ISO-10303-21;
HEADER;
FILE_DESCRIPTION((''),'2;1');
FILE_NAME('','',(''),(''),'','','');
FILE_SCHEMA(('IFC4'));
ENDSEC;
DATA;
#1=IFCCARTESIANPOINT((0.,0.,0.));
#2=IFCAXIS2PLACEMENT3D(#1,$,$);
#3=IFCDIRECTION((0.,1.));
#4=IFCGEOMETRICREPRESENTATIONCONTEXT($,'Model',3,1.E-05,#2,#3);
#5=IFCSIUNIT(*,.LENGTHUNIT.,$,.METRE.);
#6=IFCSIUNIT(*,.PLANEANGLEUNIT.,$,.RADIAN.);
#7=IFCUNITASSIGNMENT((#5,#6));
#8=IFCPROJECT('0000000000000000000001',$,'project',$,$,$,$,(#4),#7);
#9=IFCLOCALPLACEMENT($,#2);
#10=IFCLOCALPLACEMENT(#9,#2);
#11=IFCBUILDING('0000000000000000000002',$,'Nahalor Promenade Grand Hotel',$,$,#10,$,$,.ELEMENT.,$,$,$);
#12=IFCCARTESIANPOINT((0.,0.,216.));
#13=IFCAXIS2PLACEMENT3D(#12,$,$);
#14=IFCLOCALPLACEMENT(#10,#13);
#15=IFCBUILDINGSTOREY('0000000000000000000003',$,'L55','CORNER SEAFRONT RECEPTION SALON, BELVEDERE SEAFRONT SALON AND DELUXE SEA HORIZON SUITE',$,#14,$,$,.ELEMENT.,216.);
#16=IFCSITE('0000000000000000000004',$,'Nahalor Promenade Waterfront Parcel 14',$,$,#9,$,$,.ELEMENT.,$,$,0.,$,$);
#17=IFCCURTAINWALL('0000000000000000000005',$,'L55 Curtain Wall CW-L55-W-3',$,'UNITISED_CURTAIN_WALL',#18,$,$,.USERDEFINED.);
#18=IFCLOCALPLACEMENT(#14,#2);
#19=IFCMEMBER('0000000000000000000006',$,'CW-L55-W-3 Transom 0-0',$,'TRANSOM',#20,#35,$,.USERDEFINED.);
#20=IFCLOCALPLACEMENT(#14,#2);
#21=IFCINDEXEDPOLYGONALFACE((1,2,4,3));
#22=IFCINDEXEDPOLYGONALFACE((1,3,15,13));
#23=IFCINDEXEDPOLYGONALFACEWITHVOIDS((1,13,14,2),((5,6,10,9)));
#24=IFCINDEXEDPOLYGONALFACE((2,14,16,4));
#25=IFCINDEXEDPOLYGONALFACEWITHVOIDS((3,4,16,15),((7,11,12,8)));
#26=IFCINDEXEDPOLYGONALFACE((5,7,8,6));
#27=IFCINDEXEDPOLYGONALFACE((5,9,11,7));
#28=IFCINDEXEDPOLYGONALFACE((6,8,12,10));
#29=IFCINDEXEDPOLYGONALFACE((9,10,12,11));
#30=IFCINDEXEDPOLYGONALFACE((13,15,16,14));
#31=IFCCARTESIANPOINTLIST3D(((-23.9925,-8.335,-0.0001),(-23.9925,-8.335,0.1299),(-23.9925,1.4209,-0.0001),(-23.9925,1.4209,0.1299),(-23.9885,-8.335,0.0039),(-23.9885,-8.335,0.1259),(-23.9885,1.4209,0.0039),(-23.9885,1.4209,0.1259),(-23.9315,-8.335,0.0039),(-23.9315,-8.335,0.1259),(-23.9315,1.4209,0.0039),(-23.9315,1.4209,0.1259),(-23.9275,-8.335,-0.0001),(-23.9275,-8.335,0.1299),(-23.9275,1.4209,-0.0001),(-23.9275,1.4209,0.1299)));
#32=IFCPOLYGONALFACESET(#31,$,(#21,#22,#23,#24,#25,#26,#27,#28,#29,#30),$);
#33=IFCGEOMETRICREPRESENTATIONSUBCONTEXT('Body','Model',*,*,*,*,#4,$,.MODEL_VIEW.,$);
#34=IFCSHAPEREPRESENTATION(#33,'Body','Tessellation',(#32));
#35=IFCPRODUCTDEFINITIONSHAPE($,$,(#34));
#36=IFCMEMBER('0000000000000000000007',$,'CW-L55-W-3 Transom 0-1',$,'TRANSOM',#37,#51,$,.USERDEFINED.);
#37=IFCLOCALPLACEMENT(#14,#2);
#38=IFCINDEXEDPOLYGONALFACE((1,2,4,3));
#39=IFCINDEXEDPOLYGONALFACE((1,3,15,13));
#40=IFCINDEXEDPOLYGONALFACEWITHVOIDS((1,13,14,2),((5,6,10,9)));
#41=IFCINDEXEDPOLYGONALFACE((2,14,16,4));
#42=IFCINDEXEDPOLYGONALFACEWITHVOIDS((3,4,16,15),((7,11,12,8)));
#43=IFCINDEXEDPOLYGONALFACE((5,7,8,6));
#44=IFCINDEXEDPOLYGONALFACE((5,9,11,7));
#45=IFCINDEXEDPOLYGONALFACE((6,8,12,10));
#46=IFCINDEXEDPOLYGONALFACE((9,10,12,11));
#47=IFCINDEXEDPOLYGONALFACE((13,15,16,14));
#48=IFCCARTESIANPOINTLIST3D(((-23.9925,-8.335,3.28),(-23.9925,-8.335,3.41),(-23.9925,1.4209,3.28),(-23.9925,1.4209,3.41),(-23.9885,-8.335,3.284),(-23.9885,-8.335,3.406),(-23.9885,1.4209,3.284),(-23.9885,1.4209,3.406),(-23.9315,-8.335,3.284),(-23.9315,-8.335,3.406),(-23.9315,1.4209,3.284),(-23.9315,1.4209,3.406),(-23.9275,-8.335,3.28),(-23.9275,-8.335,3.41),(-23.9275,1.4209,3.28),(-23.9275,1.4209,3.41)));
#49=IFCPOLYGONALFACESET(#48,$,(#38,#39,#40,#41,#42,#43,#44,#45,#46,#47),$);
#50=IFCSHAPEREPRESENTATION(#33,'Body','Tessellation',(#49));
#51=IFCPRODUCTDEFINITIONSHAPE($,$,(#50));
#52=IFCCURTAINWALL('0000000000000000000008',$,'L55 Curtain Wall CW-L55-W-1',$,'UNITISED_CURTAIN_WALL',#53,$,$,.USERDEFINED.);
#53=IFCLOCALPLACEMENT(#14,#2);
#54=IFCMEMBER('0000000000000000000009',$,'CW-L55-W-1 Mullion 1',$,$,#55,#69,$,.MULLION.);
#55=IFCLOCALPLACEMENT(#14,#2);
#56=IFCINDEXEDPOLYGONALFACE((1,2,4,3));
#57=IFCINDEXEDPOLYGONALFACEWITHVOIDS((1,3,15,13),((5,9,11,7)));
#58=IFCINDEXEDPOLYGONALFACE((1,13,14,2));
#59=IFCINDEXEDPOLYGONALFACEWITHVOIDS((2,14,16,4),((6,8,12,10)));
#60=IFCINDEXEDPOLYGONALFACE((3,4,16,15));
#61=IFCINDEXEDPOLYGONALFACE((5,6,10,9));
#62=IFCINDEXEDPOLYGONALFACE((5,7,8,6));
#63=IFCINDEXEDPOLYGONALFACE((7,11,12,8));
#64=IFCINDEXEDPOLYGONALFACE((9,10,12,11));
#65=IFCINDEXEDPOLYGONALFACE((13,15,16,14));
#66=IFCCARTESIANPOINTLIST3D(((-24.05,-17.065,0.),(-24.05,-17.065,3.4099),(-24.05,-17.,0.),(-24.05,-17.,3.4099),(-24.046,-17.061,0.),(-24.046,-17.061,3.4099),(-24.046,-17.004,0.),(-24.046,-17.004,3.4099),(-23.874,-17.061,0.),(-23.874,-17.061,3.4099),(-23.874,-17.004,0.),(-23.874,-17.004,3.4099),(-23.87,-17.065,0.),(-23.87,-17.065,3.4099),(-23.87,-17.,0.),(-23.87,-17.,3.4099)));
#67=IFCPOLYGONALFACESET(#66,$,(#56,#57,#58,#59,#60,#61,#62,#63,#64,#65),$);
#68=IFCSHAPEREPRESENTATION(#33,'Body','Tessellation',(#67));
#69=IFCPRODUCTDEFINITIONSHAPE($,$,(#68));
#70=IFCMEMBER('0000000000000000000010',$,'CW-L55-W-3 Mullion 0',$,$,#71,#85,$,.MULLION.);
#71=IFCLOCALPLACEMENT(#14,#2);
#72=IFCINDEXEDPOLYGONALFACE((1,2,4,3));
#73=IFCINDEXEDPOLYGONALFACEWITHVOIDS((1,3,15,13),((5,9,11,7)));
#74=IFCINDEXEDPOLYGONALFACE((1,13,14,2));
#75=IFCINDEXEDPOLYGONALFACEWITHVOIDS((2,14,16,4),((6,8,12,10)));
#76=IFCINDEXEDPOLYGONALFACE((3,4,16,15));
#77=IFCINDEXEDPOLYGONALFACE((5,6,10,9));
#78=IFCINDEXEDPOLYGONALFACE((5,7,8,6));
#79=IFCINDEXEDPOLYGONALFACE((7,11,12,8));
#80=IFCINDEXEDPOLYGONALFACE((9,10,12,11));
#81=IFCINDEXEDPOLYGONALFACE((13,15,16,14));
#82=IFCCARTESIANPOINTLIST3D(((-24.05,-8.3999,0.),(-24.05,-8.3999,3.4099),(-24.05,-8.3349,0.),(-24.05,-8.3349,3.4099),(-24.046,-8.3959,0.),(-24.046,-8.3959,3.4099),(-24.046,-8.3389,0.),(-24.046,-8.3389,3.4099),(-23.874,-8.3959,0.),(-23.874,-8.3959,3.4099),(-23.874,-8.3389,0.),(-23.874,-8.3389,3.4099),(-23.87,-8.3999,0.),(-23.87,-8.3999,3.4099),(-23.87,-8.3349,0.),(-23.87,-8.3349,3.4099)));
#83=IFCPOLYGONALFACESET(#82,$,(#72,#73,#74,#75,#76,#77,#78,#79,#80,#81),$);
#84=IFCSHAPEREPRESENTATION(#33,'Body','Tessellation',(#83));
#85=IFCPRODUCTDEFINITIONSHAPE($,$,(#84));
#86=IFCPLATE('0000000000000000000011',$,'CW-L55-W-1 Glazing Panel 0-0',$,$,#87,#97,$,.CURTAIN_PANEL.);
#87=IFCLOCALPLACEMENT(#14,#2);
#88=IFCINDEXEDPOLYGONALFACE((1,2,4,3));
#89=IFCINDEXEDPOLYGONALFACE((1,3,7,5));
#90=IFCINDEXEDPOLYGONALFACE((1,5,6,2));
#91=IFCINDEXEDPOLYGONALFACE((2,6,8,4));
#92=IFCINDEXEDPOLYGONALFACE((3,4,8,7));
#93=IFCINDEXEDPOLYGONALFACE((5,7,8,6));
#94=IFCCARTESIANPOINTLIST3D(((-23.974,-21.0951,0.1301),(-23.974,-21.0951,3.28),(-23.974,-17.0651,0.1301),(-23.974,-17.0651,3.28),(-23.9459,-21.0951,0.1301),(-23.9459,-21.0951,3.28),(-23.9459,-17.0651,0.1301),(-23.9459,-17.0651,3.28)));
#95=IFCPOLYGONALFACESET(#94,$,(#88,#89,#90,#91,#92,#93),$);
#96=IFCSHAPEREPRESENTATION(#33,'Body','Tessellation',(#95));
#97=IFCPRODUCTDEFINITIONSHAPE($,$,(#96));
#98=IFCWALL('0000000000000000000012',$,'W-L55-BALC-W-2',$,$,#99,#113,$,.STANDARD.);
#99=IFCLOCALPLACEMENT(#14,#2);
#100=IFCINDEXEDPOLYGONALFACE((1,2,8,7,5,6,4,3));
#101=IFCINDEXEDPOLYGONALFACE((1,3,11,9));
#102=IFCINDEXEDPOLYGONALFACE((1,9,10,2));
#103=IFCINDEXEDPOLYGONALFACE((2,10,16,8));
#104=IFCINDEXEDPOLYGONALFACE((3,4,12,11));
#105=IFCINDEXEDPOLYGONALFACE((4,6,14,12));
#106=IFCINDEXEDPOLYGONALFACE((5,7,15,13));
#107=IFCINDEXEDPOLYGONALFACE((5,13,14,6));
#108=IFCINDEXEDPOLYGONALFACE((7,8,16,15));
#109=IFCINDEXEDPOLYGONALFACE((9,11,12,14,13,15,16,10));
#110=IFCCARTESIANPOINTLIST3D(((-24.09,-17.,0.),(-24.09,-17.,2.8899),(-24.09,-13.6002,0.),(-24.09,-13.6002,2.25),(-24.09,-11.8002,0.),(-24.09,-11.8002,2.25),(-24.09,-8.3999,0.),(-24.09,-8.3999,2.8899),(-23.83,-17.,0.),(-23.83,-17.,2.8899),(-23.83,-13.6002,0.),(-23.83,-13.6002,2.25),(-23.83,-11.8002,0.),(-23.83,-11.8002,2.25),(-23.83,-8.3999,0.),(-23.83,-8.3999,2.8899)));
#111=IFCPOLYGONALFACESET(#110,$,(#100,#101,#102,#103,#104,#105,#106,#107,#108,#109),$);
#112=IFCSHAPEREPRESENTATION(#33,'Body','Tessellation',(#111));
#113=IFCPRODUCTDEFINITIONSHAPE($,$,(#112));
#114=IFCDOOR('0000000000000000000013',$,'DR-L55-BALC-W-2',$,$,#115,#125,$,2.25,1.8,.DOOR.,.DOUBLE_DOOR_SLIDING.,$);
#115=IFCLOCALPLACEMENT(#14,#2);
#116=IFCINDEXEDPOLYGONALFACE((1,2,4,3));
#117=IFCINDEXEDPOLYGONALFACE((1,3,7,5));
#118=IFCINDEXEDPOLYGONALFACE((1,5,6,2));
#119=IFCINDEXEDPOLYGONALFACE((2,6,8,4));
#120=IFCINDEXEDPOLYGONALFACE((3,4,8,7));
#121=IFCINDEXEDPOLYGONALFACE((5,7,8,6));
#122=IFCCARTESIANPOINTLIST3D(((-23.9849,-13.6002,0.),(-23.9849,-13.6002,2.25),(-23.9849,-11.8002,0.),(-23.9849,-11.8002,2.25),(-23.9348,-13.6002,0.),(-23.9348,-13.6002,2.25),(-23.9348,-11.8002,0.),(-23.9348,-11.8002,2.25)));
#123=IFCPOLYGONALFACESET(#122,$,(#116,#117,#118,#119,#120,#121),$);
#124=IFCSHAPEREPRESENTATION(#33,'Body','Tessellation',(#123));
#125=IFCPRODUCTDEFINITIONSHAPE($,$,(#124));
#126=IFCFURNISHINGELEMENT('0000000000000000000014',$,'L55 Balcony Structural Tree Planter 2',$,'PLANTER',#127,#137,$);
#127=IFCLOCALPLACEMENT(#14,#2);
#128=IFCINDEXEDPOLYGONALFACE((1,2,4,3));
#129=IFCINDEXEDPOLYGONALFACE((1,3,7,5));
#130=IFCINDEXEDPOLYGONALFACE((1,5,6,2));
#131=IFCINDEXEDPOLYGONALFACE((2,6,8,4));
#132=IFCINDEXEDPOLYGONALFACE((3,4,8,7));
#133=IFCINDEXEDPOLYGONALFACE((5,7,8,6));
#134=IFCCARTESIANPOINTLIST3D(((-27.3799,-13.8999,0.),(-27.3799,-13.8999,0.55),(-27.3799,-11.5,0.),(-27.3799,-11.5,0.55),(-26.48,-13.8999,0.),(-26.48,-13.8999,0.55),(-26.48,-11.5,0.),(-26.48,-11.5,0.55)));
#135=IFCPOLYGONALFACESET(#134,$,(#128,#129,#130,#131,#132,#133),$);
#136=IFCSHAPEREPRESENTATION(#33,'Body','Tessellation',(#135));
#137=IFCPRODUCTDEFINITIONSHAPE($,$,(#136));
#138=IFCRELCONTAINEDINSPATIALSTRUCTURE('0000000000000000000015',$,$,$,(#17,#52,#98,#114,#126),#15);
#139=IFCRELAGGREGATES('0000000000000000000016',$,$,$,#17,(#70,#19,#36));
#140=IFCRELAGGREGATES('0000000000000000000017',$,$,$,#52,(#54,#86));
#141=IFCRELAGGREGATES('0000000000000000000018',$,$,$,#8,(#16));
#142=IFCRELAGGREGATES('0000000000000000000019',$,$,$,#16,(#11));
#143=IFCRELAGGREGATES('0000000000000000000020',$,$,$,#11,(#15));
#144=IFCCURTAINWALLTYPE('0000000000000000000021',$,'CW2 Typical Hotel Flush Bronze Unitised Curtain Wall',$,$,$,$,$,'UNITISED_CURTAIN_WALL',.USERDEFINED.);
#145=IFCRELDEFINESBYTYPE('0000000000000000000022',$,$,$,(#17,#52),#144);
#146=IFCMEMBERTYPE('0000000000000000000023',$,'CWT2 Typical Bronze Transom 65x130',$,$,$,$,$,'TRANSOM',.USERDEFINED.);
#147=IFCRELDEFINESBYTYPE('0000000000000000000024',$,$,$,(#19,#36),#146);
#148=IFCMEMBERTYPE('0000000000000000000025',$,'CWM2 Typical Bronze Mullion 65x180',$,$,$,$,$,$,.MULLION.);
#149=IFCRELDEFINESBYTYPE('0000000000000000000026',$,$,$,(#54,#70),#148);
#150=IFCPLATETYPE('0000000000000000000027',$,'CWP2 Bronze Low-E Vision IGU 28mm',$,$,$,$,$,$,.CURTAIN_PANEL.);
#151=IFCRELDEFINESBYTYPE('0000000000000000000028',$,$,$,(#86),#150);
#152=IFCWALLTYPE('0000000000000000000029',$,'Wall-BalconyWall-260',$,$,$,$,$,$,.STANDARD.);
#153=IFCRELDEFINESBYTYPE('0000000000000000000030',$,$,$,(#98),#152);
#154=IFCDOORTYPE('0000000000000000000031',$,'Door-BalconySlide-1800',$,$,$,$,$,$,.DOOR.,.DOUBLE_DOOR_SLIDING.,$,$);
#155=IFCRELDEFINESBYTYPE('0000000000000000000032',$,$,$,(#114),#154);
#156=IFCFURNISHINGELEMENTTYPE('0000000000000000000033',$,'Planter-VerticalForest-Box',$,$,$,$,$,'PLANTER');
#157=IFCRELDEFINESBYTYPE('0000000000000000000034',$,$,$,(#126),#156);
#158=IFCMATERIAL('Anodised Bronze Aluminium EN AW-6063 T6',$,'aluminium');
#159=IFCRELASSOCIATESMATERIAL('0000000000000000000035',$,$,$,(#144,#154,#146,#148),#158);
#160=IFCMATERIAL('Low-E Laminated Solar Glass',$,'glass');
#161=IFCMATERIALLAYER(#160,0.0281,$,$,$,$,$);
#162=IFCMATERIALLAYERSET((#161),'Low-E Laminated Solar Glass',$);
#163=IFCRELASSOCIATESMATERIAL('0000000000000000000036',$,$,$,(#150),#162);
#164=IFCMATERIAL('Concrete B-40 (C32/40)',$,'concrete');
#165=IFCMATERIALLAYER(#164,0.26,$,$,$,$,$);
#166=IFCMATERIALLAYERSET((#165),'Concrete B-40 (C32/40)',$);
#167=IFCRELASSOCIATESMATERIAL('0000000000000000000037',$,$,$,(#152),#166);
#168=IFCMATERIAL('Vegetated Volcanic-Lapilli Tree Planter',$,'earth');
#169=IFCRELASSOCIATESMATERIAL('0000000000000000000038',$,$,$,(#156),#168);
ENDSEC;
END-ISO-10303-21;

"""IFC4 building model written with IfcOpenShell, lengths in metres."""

from ifc_helpers import new_model, si_unit, direction, frame, frame_2d, origin, origin_2d, place, context, subcontext, project, spatial, rectangle, hollow_rectangle, extrude, source, transform, mapped, material, layer, layer_set, material_profile, profile_set, type_object, element, fill, aggregate, save


model = new_model("IFC4")

# Units and contexts
model_context = context("Model", 3, precision=1e-05, world=origin(), true_north=direction((0.0, 1.0)))
body_context = subcontext(model_context, "Body", "Model", "MODEL_VIEW")
ifc_project = project(units=[si_unit("LENGTHUNIT", "METRE"), si_unit("PLANEANGLEUNIT", "RADIAN")], contexts=[model_context])

# Site, building, storey
site_placement = place(None, origin())
site = spatial("IfcSite", under=ifc_project, at=site_placement, Name="Nahalor Promenade Waterfront Parcel 14", CompositionType="ELEMENT", RefElevation=0.0)
building_placement = place(site_placement, origin())
building = spatial("IfcBuilding", under=site, at=building_placement, Name="Nahalor Promenade Grand Hotel", CompositionType="ELEMENT")
storey_placement = place(building_placement, frame((0.0, 0.0, 216.0)))
storey = spatial("IfcBuildingStorey", under=building, at=storey_placement, Name="L55", Description="CORNER SEAFRONT RECEPTION SALON, BELVEDERE SEAFRONT SALON AND DELUXE SEA HORIZON SUITE", CompositionType="ELEMENT", Elevation=216.0)

# Curtain wall, members
ifc_material_1 = material(Name="Anodised Bronze Aluminium EN AW-6063 T6", Category="aluminium")
curtain_wall_type = type_object("IfcCurtainWallType", Name="CW2 Typical Hotel Flush Bronze Unitised Curtain Wall", ElementType="UNITISED_CURTAIN_WALL", PredefinedType="USERDEFINED", material=ifc_material_1)
curtain_wall_1_placement = place(storey_placement, origin())
curtain_wall_1 = element("IfcCurtainWall", 1, at=curtain_wall_1_placement, inside=storey, type_object=curtain_wall_type, Name="L55 Curtain Wall CW-L55-W-3", ObjectType="UNITISED_CURTAIN_WALL", PredefinedType="USERDEFINED")
ifc_material_profile_1 = material_profile(ifc_material_1, hollow_rectangle(XDim=0.065, YDim=0.13, WallThickness=0.004, at=origin_2d()), Name="CWT 65x130x4")
ifc_profile_set_1 = profile_set([ifc_material_profile_1], Name="Anodised Bronze Aluminium EN AW-6063 T6")
member_type_1 = type_object("IfcMemberType", Name="CWT2 Typical Bronze Transom 65x130", ElementType="TRANSOM", PredefinedType="USERDEFINED", material=ifc_profile_set_1)
shared_shape_1 = source(origin(), body_context, "Body", "SweptSolid", [
    extrude(hollow_rectangle(XDim=0.065, YDim=0.13, WallThickness=0.004, at=origin_2d()), origin(), (0.0, 0.0, 1.0), 9.7559),
])
member_1_placement = place(storey_placement, frame((-23.96, -8.335, 0.0649), z_axis=(0.0, 1.0, 0.0), x_axis=(-1.0, 0.0, 0.0)))
member_1 = element("IfcMember", 2, at=member_1_placement, type_object=member_type_1, Name="CW-L55-W-3 Transom 0-0", ObjectType="TRANSOM", PredefinedType="USERDEFINED", context=body_context, shape_type="MappedRepresentation", body=[
    mapped(shared_shape_1, transform((0.0, 0.0, 0.0), scale=1.0)),
])
member_2_placement = place(storey_placement, frame((-23.96, -8.335, 3.345), z_axis=(0.0, 1.0, 0.0), x_axis=(-1.0, 0.0, 0.0)))
member_2 = element("IfcMember", 3, at=member_2_placement, type_object=member_type_1, Name="CW-L55-W-3 Transom 0-1", ObjectType="TRANSOM", PredefinedType="USERDEFINED", context=body_context, shape_type="MappedRepresentation", body=[
    mapped(shared_shape_1, transform((0.0, 0.0, 0.0), scale=1.0)),
])

# Curtain wall, member
curtain_wall_2_placement = place(storey_placement, origin())
curtain_wall_2 = element("IfcCurtainWall", 4, at=curtain_wall_2_placement, inside=storey, type_object=curtain_wall_type, Name="L55 Curtain Wall CW-L55-W-1", ObjectType="UNITISED_CURTAIN_WALL", PredefinedType="USERDEFINED")
ifc_material_profile_2 = material_profile(ifc_material_1, hollow_rectangle(XDim=0.065, YDim=0.18, WallThickness=0.004, at=origin_2d()), Name="CWM 65x180x4")
ifc_profile_set_2 = profile_set([ifc_material_profile_2], Name="Anodised Bronze Aluminium EN AW-6063 T6")
member_type_2 = type_object("IfcMemberType", Name="CWM2 Typical Bronze Mullion 65x180", PredefinedType="MULLION", material=ifc_profile_set_2)
shared_shape_2 = source(origin(), body_context, "Body", "SweptSolid", [
    extrude(hollow_rectangle(XDim=0.065, YDim=0.18, WallThickness=0.004, at=origin_2d()), origin(), (0.0, 0.0, 1.0), 3.4099),
])
member_3_placement = place(storey_placement, frame((-23.96, -17.0325, 0.0), z_axis=(0.0, 0.0, 1.0), x_axis=(0.0, 1.0, 0.0)))
member_3 = element("IfcMember", 5, at=member_3_placement, type_object=member_type_2, Name="CW-L55-W-1 Mullion 1", PredefinedType="MULLION", context=body_context, shape_type="MappedRepresentation", body=[
    mapped(shared_shape_2, transform((0.0, 0.0, 0.0), scale=1.0)),
])

# Member
member_4_placement = place(storey_placement, frame((-23.96, -8.3674, 0.0), z_axis=(0.0, 0.0, 1.0), x_axis=(0.0, 1.0, 0.0)))
member_4 = element("IfcMember", 6, at=member_4_placement, type_object=member_type_2, Name="CW-L55-W-3 Mullion 0", PredefinedType="MULLION", context=body_context, shape_type="MappedRepresentation", body=[
    mapped(shared_shape_2, transform((0.0, 0.0, 0.0), scale=1.0)),
])
aggregate(curtain_wall_1, [member_4, member_1, member_2])

# Plate
ifc_material_2 = material(Name="Low-E Laminated Solar Glass", Category="glass")
ifc_layer_1 = layer(ifc_material_2, 0.0281)
ifc_layer_set_1 = layer_set([ifc_layer_1], Name="Low-E Laminated Solar Glass")
plate_type = type_object("IfcPlateType", Name="CWP2 Bronze Low-E Vision IGU 28mm", PredefinedType="CURTAIN_PANEL", material=ifc_layer_set_1)
shared_shape_3 = source(origin(), body_context, "Body", "SweptSolid", [
    extrude(rectangle(XDim=4.03, YDim=0.0281, at=origin_2d()), origin(), (0.0, 0.0, 1.0), 3.1499),
])
plate_placement = place(storey_placement, frame((-23.96, -19.0801, 0.1301), z_axis=(0.0, 0.0, 1.0), x_axis=(0.0, 1.0, 0.0)))
plate = element("IfcPlate", 7, at=plate_placement, type_object=plate_type, Name="CW-L55-W-1 Glazing Panel 0-0", PredefinedType="CURTAIN_PANEL", context=body_context, shape_type="MappedRepresentation", body=[
    mapped(shared_shape_3, transform((0.0, 0.0, 0.0), scale=1.0)),
])
aggregate(curtain_wall_2, [member_3, plate])

# Wall, opening, door
ifc_material_3 = material(Name="Concrete B-40 (C32/40)", Category="concrete")
ifc_layer_2 = layer(ifc_material_3, 0.26)
ifc_layer_set_2 = layer_set([ifc_layer_2], Name="Concrete B-40 (C32/40)")
wall_type = type_object("IfcWallType", Name="Wall-BalconyWall-260", PredefinedType="STANDARD", material=ifc_layer_set_2)
shared_shape_4 = source(origin(), body_context, "Body", "SweptSolid", [
    extrude(rectangle(XDim=8.6001, YDim=0.26, at=frame_2d((4.3, 0.0))), origin(), (0.0, 0.0, 1.0), 2.8899),
])
wall_placement = place(storey_placement, frame((-23.96, -17.0, 0.0), z_axis=(0.0, 0.0, 1.0), x_axis=(0.0, 1.0, 0.0)))
wall = element("IfcWall", 8, at=wall_placement, inside=storey, type_object=wall_type, Name="W-L55-BALC-W-2", PredefinedType="STANDARD", context=body_context, shape_type="MappedRepresentation", body=[
    mapped(shared_shape_4, transform((0.0, 0.0, 0.0), scale=1.0)),
])
opening_placement = place(wall_placement, frame((3.3999, 0.0, 0.0)))
opening = element("IfcOpeningElement", 9, at=opening_placement, cuts=wall, PredefinedType="OPENING", context=body_context, shape_type="SweptSolid", body=[
    extrude(rectangle(XDim=1.8, YDim=2.25, at=frame_2d((0.8999, 1.125))), frame((0.0, 0.1399, 0.0), z_axis=(0.0, -1.0, 0.0), x_axis=(1.0, 0.0, 0.0)), (0.0, 0.0, 1.0), 0.28),
])
door_type = type_object("IfcDoorType", Name="Door-BalconySlide-1800", OperationType="DOUBLE_DOOR_SLIDING", PredefinedType="DOOR", material=ifc_material_1)
shared_shape_5 = source(origin(), body_context, "Body", "SweptSolid", [
    extrude(rectangle(XDim=1.8, YDim=2.25, at=frame_2d((0.8999, 1.125))), frame((0.0, 0.0249, 0.0), z_axis=(0.0, -1.0, 0.0), x_axis=(1.0, 0.0, 0.0)), (0.0, 0.0, 1.0), 0.05),
])
door_placement = place(opening_placement, origin())
door = element("IfcDoor", 10, at=door_placement, inside=storey, type_object=door_type, Name="DR-L55-BALC-W-2", OperationType="DOUBLE_DOOR_SLIDING", OverallHeight=2.25, OverallWidth=1.8, PredefinedType="DOOR", context=body_context, shape_type="MappedRepresentation", body=[
    mapped(shared_shape_5, transform((0.0, 0.0, 0.0), scale=1.0)),
])
fill(opening, door)

# Furnishing element
ifc_material_4 = material(Name="Vegetated Volcanic-Lapilli Tree Planter", Category="earth")
furnishing_element_type = type_object("IfcFurnishingElementType", Name="Planter-VerticalForest-Box", ElementType="PLANTER", material=ifc_material_4)
shared_shape_6 = source(origin(), body_context, "Body", "SweptSolid", [
    extrude(rectangle(XDim=2.3999, YDim=0.8999, at=origin_2d()), origin(), (0.0, 0.0, 1.0), 0.55),
])
furnishing_placement = place(storey_placement, frame((-26.9299, -12.7, 0.0), z_axis=(0.0, 0.0, 1.0), x_axis=(0.0, 1.0, 0.0)))
element("IfcFurnishingElement", 11, at=furnishing_placement, inside=storey, type_object=furnishing_element_type, Name="L55 Balcony Structural Tree Planter 2", ObjectType="PLANTER", context=body_context, shape_type="MappedRepresentation", body=[
    mapped(shared_shape_6, transform((0.0, 0.0, 0.0), scale=1.0)),
])

save(model, "model.ifc")
